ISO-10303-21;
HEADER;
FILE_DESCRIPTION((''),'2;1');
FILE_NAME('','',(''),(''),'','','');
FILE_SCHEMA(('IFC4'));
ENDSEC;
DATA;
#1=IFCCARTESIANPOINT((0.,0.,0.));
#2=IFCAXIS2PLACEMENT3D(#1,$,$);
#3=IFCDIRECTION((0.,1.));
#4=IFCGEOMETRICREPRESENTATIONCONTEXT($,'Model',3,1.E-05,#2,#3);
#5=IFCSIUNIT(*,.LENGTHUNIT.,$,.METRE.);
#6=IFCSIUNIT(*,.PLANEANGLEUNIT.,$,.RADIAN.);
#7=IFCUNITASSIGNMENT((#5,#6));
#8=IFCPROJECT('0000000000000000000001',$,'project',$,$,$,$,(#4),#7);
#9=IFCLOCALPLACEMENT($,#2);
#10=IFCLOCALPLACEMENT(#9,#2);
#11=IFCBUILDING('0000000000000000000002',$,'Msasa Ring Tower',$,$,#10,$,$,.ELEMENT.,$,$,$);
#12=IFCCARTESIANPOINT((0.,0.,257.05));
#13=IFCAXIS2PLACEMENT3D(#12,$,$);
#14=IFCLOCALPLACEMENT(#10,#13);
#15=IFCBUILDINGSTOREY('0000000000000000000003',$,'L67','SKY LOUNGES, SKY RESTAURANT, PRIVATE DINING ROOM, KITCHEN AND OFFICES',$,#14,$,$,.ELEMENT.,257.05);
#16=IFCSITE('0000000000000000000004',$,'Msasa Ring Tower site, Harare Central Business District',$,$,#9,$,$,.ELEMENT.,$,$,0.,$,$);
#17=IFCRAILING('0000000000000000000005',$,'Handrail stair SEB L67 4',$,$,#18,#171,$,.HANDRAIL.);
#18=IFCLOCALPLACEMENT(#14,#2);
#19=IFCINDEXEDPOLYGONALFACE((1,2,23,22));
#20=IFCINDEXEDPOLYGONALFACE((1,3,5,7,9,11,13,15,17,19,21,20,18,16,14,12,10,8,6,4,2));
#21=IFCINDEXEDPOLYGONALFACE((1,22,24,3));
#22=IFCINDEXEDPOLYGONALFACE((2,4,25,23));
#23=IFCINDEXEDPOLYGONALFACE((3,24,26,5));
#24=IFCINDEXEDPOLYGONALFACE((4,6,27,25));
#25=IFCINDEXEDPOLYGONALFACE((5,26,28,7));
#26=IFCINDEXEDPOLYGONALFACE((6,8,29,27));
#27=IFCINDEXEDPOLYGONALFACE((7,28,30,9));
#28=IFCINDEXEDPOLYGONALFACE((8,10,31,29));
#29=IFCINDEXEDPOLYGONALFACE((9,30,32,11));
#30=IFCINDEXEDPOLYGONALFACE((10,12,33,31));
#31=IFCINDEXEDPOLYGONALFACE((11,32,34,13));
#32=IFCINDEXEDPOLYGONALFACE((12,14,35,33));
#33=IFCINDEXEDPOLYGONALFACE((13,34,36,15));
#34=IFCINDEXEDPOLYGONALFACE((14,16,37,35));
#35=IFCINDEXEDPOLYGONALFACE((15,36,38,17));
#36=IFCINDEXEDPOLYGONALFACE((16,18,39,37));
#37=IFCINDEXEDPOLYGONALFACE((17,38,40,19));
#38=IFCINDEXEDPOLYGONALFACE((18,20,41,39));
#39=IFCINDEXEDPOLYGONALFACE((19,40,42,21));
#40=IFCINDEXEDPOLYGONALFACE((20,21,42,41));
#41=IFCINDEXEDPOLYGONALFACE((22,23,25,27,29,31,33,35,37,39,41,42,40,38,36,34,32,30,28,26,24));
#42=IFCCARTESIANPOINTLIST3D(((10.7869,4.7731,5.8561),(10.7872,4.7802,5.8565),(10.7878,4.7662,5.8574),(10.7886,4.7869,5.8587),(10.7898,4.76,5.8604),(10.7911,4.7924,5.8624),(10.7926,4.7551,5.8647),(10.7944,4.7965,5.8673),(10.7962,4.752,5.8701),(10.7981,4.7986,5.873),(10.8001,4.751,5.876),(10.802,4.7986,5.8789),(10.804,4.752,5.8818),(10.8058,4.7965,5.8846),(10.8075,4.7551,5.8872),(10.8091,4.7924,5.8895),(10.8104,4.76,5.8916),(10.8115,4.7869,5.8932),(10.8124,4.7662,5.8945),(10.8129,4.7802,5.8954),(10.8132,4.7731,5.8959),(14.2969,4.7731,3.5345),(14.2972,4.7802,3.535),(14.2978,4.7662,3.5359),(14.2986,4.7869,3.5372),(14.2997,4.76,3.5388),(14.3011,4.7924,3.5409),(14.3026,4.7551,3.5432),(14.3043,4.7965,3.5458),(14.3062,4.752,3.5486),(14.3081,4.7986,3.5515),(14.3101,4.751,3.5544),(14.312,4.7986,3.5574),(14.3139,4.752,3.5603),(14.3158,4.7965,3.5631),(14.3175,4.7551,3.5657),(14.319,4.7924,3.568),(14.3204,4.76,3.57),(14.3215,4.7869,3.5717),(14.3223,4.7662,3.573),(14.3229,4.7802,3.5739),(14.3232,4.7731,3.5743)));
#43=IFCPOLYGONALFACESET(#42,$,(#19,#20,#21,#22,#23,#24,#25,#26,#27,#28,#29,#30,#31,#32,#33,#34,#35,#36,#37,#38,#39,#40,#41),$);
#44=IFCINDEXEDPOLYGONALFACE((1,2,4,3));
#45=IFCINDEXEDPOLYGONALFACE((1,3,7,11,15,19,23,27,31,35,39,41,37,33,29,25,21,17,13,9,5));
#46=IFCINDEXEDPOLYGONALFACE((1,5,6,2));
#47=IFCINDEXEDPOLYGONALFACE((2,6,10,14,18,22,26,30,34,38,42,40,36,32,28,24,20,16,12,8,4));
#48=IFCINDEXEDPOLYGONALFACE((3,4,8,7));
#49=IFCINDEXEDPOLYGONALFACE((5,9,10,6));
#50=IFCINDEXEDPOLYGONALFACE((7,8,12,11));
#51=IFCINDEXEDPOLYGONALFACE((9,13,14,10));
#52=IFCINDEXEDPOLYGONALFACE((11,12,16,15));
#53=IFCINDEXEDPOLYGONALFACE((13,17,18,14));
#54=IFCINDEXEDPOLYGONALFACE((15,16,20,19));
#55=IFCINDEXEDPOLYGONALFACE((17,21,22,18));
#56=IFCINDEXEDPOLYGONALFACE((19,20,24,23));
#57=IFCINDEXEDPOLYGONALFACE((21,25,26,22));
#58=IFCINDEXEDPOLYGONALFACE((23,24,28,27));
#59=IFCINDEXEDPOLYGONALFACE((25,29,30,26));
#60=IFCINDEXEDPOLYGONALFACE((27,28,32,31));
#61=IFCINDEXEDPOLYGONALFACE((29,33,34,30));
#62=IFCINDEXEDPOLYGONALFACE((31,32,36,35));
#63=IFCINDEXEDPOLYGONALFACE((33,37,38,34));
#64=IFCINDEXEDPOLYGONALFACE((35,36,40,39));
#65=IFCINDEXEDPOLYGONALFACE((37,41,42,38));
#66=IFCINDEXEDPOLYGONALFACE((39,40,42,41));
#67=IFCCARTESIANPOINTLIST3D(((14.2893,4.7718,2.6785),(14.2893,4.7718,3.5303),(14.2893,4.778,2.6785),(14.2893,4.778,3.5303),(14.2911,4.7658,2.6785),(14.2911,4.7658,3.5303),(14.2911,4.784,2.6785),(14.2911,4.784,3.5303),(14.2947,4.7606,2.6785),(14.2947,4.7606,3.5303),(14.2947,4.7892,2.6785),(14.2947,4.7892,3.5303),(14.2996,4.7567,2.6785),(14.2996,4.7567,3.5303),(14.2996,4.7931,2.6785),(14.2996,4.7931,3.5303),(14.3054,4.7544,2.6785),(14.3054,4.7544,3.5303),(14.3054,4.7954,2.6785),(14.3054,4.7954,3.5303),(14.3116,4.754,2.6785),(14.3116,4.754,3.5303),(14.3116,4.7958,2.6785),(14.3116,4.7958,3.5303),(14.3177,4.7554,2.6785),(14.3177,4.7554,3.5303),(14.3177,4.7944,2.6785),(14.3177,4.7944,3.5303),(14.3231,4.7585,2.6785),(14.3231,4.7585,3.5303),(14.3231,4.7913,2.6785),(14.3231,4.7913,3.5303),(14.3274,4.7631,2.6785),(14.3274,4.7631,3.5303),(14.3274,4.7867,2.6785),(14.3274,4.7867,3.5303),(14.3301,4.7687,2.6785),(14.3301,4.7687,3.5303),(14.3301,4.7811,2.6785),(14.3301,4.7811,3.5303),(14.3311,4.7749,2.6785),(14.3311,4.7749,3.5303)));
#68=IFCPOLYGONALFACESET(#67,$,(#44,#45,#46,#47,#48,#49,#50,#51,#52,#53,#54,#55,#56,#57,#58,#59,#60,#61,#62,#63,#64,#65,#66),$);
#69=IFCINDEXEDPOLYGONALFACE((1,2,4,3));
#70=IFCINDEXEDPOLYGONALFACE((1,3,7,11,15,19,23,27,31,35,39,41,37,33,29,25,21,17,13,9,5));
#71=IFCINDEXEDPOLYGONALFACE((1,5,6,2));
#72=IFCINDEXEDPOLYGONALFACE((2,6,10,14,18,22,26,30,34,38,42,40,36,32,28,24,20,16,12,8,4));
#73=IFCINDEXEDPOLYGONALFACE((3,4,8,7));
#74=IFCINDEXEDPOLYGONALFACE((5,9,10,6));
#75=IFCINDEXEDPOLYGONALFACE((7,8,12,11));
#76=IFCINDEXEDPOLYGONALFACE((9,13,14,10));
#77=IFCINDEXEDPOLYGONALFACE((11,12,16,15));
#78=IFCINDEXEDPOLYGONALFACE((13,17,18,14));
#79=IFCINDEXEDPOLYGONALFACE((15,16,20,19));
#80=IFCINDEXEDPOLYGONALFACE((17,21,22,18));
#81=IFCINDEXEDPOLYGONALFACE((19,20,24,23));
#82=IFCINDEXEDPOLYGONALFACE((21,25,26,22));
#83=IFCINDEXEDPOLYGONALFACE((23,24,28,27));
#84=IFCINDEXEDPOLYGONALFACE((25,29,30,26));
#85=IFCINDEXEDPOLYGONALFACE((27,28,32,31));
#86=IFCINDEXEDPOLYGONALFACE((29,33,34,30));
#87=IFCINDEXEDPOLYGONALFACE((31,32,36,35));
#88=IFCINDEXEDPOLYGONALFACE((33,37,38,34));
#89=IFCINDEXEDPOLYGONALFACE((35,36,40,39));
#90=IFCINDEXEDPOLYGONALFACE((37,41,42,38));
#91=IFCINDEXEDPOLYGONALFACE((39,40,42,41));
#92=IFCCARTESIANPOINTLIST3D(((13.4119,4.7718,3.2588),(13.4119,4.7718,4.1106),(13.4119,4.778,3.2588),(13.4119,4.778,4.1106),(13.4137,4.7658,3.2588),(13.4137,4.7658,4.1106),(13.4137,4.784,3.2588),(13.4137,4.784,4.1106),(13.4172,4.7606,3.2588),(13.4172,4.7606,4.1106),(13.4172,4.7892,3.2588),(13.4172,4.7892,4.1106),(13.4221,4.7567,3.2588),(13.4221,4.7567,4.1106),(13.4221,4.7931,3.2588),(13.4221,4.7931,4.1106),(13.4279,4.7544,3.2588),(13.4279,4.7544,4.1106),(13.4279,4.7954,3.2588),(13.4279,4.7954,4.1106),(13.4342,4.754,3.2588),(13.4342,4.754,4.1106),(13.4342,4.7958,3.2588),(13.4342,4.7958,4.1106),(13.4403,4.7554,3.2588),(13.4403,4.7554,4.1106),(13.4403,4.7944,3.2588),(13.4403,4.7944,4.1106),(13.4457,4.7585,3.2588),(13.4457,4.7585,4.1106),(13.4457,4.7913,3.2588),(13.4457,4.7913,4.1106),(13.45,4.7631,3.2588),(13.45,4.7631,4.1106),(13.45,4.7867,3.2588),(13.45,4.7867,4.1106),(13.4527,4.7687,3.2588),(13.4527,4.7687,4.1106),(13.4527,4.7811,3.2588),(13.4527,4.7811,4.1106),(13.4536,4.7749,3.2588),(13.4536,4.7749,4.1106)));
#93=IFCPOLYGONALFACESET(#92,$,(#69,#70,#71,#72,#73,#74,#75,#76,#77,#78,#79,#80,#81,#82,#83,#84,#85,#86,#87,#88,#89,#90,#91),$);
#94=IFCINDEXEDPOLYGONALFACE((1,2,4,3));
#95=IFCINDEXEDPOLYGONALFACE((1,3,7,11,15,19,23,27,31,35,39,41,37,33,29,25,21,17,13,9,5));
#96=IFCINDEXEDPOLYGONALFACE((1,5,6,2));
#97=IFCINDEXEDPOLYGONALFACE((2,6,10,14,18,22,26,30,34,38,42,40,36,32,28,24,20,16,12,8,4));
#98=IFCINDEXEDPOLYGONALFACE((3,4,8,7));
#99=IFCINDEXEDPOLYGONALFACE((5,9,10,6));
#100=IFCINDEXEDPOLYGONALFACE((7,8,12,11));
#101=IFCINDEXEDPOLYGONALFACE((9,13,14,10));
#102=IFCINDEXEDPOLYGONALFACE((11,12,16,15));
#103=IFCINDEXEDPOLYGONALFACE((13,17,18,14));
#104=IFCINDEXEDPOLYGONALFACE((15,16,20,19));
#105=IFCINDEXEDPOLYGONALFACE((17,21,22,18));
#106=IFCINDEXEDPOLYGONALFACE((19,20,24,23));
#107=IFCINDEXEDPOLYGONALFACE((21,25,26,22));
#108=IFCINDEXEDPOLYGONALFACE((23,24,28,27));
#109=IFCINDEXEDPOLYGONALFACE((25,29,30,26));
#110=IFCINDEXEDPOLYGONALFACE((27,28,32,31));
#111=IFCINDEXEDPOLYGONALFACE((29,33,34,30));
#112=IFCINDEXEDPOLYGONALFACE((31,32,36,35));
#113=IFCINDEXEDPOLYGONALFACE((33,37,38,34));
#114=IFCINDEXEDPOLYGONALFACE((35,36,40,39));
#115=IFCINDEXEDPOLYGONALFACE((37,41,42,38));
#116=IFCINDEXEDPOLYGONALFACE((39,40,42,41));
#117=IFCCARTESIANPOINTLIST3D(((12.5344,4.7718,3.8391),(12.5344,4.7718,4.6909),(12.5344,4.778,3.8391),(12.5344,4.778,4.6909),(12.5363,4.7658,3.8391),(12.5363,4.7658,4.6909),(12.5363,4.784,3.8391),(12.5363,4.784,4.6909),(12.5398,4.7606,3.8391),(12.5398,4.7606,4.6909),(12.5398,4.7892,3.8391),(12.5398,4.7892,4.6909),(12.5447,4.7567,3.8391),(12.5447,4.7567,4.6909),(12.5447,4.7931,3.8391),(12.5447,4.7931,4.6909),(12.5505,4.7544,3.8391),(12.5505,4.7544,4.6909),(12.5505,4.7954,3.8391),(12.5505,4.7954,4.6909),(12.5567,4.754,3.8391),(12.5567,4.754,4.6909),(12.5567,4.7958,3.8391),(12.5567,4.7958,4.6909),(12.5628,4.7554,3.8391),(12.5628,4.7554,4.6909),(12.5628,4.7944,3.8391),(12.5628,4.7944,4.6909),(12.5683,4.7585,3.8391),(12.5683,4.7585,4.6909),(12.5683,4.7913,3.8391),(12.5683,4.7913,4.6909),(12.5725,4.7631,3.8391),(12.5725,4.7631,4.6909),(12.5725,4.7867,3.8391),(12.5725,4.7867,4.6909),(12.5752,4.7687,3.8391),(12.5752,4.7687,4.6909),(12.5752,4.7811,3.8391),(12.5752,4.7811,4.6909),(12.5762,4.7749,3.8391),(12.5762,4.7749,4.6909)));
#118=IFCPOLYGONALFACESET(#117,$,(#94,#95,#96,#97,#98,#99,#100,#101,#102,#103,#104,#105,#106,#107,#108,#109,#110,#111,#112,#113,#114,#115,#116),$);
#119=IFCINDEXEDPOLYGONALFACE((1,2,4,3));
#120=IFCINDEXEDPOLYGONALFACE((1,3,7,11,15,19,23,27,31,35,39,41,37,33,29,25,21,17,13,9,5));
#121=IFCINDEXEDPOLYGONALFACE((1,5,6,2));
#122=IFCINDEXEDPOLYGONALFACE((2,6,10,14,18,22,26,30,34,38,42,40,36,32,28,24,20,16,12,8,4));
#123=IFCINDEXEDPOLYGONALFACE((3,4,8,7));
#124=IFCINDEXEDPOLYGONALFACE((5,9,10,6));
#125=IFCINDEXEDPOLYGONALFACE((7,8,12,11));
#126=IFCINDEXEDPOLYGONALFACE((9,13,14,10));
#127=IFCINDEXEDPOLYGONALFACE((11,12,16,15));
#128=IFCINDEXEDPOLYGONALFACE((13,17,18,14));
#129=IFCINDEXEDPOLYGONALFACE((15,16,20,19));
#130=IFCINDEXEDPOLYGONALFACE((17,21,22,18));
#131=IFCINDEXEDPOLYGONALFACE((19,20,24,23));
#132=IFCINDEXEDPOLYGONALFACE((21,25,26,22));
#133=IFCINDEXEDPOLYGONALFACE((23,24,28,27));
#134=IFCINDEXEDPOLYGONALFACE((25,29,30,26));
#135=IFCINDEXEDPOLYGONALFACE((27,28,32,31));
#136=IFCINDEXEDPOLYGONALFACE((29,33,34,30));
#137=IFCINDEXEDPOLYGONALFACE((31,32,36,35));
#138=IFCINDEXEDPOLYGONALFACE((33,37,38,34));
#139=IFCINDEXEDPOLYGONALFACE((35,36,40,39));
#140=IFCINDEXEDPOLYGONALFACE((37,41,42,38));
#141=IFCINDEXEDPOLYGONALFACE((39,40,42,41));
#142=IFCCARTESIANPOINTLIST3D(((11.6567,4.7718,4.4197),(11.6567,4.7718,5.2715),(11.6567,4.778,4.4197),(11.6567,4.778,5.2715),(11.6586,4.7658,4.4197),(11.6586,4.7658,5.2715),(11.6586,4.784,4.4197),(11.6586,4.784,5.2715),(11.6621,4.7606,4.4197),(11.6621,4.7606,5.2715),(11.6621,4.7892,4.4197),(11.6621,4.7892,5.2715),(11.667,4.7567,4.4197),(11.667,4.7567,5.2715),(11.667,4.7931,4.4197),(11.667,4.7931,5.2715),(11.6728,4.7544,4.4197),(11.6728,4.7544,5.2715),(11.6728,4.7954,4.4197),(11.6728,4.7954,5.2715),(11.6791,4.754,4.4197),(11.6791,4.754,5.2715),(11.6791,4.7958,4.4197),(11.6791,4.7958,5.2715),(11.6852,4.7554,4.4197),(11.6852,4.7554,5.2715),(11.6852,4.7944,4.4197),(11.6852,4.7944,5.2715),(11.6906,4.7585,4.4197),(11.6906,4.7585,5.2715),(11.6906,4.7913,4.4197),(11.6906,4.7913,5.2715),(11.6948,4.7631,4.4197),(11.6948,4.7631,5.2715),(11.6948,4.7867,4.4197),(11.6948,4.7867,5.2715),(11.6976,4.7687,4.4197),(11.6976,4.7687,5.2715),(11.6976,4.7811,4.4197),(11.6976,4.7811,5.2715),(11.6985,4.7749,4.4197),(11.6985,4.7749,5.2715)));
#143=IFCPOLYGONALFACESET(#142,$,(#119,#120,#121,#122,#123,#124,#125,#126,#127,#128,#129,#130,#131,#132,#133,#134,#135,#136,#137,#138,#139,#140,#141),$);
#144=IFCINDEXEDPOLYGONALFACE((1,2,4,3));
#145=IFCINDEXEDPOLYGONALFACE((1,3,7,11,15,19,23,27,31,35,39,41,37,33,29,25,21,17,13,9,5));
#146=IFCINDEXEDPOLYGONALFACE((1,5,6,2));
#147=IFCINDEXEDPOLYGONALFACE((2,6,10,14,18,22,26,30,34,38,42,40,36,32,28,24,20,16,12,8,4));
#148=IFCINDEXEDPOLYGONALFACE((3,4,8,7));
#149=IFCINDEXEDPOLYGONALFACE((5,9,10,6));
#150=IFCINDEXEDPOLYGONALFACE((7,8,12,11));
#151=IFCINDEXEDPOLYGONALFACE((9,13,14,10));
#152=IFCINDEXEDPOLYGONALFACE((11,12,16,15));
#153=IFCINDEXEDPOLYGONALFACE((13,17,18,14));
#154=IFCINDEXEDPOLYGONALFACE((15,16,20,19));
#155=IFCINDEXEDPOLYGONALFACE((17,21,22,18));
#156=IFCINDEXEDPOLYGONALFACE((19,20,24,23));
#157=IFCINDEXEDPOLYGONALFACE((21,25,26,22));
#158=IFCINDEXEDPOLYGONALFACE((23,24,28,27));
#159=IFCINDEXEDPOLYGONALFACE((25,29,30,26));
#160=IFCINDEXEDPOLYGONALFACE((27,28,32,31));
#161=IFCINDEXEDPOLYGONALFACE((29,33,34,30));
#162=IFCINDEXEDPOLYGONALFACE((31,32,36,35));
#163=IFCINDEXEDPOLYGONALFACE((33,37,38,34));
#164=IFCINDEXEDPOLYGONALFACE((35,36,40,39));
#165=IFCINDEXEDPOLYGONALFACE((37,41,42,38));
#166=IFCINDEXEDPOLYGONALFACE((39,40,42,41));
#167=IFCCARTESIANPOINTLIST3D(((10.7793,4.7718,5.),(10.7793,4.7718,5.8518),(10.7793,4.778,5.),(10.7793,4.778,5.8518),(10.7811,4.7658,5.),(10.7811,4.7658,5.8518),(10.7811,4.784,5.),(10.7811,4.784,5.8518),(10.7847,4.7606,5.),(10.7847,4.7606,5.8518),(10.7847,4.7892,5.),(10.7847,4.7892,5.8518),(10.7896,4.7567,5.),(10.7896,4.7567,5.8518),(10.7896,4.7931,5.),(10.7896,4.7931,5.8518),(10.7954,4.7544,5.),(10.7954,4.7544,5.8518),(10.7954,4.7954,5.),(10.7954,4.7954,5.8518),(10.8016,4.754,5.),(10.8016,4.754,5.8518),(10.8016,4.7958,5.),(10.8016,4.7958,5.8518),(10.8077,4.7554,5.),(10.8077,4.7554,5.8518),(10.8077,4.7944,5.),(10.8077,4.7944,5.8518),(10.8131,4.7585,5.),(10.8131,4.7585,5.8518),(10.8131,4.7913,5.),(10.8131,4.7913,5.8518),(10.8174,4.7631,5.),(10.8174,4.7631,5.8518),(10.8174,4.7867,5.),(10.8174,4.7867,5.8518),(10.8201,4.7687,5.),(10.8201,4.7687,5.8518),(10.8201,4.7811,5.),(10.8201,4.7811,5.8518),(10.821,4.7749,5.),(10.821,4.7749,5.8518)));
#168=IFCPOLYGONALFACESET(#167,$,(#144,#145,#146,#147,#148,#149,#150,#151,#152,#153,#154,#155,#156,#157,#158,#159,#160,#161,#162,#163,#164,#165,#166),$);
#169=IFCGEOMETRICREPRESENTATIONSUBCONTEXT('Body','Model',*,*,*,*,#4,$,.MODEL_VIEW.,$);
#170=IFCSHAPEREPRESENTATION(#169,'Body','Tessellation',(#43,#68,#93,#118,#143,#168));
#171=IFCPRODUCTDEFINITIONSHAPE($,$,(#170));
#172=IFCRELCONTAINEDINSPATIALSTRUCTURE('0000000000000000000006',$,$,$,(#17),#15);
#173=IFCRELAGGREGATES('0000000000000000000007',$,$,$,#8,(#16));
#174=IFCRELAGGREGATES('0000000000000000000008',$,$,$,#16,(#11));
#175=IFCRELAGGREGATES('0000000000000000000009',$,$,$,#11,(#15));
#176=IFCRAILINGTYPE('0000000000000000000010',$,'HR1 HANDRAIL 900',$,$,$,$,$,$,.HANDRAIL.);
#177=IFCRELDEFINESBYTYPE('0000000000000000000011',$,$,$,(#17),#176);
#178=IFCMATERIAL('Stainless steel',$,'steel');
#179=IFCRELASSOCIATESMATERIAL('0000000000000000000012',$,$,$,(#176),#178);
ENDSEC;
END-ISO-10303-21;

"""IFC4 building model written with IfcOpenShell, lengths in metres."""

from ifc_helpers import new_model, si_unit, direction, frame, origin, origin_2d, place, context, subcontext, project, spatial, circle, extrude, material, type_object, element, save


model = new_model("IFC4")

# Units and contexts
model_context = context("Model", 3, precision=1e-05, world=origin(), true_north=direction((0.0, 1.0)))
body_context = subcontext(model_context, "Body", "Model", "MODEL_VIEW")
ifc_project = project(units=[si_unit("LENGTHUNIT", "METRE"), si_unit("PLANEANGLEUNIT", "RADIAN")], contexts=[model_context])

# Site, building, storey
site_placement = place(None, origin())
site = spatial("IfcSite", under=ifc_project, at=site_placement, Name="Msasa Ring Tower site, Harare Central Business District", CompositionType="ELEMENT", RefElevation=0.0)
building_placement = place(site_placement, origin())
building = spatial("IfcBuilding", under=site, at=building_placement, Name="Msasa Ring Tower", CompositionType="ELEMENT")
storey_placement = place(building_placement, frame((0.0, 0.0, 257.05)))
storey = spatial("IfcBuildingStorey", under=building, at=storey_placement, Name="L67", Description="SKY LOUNGES, SKY RESTAURANT, PRIVATE DINING ROOM, KITCHEN AND OFFICES", CompositionType="ELEMENT", Elevation=257.05)

# Railing
ifc_material_1 = material(Name="Stainless steel", Category="steel")
railing_type = type_object("IfcRailingType", Name="HR1 HANDRAIL 900", PredefinedType="HANDRAIL", material=ifc_material_1)
for number, where, name in (
    (1, (14.3101, 4.7749, 2.6785), "Handrail stair SEB L67 4"),
):
    element("IfcRailing", number, at=place(storey_placement, frame(where)), inside=storey, type_object=railing_type, Name=name, PredefinedType="HANDRAIL", context=body_context, shape_type="SweptSolid", body=[
        extrude(circle(Radius=0.0239, at=origin_2d()), frame((0.0, 0.0, 0.876), z_axis=(-0.834071, 0.0, 0.551657), x_axis=(0.0, -1.0, 0.0)), (0.0, 0.0, 1.0), 4.2083),
        extrude(circle(Radius=0.021, at=origin_2d()), origin(), (0.0, 0.0, 1.0), 0.8518),
        extrude(circle(Radius=0.021, at=origin_2d()), frame((-0.8774, 0.0, 0.5803)), (0.0, 0.0, 1.0), 0.8518),
        extrude(circle(Radius=0.021, at=origin_2d()), frame((-1.7549, 0.0, 1.1606)), (0.0, 0.0, 1.0), 0.8518),
        extrude(circle(Radius=0.021, at=origin_2d()), frame((-2.6326, 0.0, 1.7412)), (0.0, 0.0, 1.0), 0.8518),
        extrude(circle(Radius=0.021, at=origin_2d()), frame((-3.51, 0.0, 2.3215)), (0.0, 0.0, 1.0), 0.8518),
    ])

save(model, "model.ifc")
